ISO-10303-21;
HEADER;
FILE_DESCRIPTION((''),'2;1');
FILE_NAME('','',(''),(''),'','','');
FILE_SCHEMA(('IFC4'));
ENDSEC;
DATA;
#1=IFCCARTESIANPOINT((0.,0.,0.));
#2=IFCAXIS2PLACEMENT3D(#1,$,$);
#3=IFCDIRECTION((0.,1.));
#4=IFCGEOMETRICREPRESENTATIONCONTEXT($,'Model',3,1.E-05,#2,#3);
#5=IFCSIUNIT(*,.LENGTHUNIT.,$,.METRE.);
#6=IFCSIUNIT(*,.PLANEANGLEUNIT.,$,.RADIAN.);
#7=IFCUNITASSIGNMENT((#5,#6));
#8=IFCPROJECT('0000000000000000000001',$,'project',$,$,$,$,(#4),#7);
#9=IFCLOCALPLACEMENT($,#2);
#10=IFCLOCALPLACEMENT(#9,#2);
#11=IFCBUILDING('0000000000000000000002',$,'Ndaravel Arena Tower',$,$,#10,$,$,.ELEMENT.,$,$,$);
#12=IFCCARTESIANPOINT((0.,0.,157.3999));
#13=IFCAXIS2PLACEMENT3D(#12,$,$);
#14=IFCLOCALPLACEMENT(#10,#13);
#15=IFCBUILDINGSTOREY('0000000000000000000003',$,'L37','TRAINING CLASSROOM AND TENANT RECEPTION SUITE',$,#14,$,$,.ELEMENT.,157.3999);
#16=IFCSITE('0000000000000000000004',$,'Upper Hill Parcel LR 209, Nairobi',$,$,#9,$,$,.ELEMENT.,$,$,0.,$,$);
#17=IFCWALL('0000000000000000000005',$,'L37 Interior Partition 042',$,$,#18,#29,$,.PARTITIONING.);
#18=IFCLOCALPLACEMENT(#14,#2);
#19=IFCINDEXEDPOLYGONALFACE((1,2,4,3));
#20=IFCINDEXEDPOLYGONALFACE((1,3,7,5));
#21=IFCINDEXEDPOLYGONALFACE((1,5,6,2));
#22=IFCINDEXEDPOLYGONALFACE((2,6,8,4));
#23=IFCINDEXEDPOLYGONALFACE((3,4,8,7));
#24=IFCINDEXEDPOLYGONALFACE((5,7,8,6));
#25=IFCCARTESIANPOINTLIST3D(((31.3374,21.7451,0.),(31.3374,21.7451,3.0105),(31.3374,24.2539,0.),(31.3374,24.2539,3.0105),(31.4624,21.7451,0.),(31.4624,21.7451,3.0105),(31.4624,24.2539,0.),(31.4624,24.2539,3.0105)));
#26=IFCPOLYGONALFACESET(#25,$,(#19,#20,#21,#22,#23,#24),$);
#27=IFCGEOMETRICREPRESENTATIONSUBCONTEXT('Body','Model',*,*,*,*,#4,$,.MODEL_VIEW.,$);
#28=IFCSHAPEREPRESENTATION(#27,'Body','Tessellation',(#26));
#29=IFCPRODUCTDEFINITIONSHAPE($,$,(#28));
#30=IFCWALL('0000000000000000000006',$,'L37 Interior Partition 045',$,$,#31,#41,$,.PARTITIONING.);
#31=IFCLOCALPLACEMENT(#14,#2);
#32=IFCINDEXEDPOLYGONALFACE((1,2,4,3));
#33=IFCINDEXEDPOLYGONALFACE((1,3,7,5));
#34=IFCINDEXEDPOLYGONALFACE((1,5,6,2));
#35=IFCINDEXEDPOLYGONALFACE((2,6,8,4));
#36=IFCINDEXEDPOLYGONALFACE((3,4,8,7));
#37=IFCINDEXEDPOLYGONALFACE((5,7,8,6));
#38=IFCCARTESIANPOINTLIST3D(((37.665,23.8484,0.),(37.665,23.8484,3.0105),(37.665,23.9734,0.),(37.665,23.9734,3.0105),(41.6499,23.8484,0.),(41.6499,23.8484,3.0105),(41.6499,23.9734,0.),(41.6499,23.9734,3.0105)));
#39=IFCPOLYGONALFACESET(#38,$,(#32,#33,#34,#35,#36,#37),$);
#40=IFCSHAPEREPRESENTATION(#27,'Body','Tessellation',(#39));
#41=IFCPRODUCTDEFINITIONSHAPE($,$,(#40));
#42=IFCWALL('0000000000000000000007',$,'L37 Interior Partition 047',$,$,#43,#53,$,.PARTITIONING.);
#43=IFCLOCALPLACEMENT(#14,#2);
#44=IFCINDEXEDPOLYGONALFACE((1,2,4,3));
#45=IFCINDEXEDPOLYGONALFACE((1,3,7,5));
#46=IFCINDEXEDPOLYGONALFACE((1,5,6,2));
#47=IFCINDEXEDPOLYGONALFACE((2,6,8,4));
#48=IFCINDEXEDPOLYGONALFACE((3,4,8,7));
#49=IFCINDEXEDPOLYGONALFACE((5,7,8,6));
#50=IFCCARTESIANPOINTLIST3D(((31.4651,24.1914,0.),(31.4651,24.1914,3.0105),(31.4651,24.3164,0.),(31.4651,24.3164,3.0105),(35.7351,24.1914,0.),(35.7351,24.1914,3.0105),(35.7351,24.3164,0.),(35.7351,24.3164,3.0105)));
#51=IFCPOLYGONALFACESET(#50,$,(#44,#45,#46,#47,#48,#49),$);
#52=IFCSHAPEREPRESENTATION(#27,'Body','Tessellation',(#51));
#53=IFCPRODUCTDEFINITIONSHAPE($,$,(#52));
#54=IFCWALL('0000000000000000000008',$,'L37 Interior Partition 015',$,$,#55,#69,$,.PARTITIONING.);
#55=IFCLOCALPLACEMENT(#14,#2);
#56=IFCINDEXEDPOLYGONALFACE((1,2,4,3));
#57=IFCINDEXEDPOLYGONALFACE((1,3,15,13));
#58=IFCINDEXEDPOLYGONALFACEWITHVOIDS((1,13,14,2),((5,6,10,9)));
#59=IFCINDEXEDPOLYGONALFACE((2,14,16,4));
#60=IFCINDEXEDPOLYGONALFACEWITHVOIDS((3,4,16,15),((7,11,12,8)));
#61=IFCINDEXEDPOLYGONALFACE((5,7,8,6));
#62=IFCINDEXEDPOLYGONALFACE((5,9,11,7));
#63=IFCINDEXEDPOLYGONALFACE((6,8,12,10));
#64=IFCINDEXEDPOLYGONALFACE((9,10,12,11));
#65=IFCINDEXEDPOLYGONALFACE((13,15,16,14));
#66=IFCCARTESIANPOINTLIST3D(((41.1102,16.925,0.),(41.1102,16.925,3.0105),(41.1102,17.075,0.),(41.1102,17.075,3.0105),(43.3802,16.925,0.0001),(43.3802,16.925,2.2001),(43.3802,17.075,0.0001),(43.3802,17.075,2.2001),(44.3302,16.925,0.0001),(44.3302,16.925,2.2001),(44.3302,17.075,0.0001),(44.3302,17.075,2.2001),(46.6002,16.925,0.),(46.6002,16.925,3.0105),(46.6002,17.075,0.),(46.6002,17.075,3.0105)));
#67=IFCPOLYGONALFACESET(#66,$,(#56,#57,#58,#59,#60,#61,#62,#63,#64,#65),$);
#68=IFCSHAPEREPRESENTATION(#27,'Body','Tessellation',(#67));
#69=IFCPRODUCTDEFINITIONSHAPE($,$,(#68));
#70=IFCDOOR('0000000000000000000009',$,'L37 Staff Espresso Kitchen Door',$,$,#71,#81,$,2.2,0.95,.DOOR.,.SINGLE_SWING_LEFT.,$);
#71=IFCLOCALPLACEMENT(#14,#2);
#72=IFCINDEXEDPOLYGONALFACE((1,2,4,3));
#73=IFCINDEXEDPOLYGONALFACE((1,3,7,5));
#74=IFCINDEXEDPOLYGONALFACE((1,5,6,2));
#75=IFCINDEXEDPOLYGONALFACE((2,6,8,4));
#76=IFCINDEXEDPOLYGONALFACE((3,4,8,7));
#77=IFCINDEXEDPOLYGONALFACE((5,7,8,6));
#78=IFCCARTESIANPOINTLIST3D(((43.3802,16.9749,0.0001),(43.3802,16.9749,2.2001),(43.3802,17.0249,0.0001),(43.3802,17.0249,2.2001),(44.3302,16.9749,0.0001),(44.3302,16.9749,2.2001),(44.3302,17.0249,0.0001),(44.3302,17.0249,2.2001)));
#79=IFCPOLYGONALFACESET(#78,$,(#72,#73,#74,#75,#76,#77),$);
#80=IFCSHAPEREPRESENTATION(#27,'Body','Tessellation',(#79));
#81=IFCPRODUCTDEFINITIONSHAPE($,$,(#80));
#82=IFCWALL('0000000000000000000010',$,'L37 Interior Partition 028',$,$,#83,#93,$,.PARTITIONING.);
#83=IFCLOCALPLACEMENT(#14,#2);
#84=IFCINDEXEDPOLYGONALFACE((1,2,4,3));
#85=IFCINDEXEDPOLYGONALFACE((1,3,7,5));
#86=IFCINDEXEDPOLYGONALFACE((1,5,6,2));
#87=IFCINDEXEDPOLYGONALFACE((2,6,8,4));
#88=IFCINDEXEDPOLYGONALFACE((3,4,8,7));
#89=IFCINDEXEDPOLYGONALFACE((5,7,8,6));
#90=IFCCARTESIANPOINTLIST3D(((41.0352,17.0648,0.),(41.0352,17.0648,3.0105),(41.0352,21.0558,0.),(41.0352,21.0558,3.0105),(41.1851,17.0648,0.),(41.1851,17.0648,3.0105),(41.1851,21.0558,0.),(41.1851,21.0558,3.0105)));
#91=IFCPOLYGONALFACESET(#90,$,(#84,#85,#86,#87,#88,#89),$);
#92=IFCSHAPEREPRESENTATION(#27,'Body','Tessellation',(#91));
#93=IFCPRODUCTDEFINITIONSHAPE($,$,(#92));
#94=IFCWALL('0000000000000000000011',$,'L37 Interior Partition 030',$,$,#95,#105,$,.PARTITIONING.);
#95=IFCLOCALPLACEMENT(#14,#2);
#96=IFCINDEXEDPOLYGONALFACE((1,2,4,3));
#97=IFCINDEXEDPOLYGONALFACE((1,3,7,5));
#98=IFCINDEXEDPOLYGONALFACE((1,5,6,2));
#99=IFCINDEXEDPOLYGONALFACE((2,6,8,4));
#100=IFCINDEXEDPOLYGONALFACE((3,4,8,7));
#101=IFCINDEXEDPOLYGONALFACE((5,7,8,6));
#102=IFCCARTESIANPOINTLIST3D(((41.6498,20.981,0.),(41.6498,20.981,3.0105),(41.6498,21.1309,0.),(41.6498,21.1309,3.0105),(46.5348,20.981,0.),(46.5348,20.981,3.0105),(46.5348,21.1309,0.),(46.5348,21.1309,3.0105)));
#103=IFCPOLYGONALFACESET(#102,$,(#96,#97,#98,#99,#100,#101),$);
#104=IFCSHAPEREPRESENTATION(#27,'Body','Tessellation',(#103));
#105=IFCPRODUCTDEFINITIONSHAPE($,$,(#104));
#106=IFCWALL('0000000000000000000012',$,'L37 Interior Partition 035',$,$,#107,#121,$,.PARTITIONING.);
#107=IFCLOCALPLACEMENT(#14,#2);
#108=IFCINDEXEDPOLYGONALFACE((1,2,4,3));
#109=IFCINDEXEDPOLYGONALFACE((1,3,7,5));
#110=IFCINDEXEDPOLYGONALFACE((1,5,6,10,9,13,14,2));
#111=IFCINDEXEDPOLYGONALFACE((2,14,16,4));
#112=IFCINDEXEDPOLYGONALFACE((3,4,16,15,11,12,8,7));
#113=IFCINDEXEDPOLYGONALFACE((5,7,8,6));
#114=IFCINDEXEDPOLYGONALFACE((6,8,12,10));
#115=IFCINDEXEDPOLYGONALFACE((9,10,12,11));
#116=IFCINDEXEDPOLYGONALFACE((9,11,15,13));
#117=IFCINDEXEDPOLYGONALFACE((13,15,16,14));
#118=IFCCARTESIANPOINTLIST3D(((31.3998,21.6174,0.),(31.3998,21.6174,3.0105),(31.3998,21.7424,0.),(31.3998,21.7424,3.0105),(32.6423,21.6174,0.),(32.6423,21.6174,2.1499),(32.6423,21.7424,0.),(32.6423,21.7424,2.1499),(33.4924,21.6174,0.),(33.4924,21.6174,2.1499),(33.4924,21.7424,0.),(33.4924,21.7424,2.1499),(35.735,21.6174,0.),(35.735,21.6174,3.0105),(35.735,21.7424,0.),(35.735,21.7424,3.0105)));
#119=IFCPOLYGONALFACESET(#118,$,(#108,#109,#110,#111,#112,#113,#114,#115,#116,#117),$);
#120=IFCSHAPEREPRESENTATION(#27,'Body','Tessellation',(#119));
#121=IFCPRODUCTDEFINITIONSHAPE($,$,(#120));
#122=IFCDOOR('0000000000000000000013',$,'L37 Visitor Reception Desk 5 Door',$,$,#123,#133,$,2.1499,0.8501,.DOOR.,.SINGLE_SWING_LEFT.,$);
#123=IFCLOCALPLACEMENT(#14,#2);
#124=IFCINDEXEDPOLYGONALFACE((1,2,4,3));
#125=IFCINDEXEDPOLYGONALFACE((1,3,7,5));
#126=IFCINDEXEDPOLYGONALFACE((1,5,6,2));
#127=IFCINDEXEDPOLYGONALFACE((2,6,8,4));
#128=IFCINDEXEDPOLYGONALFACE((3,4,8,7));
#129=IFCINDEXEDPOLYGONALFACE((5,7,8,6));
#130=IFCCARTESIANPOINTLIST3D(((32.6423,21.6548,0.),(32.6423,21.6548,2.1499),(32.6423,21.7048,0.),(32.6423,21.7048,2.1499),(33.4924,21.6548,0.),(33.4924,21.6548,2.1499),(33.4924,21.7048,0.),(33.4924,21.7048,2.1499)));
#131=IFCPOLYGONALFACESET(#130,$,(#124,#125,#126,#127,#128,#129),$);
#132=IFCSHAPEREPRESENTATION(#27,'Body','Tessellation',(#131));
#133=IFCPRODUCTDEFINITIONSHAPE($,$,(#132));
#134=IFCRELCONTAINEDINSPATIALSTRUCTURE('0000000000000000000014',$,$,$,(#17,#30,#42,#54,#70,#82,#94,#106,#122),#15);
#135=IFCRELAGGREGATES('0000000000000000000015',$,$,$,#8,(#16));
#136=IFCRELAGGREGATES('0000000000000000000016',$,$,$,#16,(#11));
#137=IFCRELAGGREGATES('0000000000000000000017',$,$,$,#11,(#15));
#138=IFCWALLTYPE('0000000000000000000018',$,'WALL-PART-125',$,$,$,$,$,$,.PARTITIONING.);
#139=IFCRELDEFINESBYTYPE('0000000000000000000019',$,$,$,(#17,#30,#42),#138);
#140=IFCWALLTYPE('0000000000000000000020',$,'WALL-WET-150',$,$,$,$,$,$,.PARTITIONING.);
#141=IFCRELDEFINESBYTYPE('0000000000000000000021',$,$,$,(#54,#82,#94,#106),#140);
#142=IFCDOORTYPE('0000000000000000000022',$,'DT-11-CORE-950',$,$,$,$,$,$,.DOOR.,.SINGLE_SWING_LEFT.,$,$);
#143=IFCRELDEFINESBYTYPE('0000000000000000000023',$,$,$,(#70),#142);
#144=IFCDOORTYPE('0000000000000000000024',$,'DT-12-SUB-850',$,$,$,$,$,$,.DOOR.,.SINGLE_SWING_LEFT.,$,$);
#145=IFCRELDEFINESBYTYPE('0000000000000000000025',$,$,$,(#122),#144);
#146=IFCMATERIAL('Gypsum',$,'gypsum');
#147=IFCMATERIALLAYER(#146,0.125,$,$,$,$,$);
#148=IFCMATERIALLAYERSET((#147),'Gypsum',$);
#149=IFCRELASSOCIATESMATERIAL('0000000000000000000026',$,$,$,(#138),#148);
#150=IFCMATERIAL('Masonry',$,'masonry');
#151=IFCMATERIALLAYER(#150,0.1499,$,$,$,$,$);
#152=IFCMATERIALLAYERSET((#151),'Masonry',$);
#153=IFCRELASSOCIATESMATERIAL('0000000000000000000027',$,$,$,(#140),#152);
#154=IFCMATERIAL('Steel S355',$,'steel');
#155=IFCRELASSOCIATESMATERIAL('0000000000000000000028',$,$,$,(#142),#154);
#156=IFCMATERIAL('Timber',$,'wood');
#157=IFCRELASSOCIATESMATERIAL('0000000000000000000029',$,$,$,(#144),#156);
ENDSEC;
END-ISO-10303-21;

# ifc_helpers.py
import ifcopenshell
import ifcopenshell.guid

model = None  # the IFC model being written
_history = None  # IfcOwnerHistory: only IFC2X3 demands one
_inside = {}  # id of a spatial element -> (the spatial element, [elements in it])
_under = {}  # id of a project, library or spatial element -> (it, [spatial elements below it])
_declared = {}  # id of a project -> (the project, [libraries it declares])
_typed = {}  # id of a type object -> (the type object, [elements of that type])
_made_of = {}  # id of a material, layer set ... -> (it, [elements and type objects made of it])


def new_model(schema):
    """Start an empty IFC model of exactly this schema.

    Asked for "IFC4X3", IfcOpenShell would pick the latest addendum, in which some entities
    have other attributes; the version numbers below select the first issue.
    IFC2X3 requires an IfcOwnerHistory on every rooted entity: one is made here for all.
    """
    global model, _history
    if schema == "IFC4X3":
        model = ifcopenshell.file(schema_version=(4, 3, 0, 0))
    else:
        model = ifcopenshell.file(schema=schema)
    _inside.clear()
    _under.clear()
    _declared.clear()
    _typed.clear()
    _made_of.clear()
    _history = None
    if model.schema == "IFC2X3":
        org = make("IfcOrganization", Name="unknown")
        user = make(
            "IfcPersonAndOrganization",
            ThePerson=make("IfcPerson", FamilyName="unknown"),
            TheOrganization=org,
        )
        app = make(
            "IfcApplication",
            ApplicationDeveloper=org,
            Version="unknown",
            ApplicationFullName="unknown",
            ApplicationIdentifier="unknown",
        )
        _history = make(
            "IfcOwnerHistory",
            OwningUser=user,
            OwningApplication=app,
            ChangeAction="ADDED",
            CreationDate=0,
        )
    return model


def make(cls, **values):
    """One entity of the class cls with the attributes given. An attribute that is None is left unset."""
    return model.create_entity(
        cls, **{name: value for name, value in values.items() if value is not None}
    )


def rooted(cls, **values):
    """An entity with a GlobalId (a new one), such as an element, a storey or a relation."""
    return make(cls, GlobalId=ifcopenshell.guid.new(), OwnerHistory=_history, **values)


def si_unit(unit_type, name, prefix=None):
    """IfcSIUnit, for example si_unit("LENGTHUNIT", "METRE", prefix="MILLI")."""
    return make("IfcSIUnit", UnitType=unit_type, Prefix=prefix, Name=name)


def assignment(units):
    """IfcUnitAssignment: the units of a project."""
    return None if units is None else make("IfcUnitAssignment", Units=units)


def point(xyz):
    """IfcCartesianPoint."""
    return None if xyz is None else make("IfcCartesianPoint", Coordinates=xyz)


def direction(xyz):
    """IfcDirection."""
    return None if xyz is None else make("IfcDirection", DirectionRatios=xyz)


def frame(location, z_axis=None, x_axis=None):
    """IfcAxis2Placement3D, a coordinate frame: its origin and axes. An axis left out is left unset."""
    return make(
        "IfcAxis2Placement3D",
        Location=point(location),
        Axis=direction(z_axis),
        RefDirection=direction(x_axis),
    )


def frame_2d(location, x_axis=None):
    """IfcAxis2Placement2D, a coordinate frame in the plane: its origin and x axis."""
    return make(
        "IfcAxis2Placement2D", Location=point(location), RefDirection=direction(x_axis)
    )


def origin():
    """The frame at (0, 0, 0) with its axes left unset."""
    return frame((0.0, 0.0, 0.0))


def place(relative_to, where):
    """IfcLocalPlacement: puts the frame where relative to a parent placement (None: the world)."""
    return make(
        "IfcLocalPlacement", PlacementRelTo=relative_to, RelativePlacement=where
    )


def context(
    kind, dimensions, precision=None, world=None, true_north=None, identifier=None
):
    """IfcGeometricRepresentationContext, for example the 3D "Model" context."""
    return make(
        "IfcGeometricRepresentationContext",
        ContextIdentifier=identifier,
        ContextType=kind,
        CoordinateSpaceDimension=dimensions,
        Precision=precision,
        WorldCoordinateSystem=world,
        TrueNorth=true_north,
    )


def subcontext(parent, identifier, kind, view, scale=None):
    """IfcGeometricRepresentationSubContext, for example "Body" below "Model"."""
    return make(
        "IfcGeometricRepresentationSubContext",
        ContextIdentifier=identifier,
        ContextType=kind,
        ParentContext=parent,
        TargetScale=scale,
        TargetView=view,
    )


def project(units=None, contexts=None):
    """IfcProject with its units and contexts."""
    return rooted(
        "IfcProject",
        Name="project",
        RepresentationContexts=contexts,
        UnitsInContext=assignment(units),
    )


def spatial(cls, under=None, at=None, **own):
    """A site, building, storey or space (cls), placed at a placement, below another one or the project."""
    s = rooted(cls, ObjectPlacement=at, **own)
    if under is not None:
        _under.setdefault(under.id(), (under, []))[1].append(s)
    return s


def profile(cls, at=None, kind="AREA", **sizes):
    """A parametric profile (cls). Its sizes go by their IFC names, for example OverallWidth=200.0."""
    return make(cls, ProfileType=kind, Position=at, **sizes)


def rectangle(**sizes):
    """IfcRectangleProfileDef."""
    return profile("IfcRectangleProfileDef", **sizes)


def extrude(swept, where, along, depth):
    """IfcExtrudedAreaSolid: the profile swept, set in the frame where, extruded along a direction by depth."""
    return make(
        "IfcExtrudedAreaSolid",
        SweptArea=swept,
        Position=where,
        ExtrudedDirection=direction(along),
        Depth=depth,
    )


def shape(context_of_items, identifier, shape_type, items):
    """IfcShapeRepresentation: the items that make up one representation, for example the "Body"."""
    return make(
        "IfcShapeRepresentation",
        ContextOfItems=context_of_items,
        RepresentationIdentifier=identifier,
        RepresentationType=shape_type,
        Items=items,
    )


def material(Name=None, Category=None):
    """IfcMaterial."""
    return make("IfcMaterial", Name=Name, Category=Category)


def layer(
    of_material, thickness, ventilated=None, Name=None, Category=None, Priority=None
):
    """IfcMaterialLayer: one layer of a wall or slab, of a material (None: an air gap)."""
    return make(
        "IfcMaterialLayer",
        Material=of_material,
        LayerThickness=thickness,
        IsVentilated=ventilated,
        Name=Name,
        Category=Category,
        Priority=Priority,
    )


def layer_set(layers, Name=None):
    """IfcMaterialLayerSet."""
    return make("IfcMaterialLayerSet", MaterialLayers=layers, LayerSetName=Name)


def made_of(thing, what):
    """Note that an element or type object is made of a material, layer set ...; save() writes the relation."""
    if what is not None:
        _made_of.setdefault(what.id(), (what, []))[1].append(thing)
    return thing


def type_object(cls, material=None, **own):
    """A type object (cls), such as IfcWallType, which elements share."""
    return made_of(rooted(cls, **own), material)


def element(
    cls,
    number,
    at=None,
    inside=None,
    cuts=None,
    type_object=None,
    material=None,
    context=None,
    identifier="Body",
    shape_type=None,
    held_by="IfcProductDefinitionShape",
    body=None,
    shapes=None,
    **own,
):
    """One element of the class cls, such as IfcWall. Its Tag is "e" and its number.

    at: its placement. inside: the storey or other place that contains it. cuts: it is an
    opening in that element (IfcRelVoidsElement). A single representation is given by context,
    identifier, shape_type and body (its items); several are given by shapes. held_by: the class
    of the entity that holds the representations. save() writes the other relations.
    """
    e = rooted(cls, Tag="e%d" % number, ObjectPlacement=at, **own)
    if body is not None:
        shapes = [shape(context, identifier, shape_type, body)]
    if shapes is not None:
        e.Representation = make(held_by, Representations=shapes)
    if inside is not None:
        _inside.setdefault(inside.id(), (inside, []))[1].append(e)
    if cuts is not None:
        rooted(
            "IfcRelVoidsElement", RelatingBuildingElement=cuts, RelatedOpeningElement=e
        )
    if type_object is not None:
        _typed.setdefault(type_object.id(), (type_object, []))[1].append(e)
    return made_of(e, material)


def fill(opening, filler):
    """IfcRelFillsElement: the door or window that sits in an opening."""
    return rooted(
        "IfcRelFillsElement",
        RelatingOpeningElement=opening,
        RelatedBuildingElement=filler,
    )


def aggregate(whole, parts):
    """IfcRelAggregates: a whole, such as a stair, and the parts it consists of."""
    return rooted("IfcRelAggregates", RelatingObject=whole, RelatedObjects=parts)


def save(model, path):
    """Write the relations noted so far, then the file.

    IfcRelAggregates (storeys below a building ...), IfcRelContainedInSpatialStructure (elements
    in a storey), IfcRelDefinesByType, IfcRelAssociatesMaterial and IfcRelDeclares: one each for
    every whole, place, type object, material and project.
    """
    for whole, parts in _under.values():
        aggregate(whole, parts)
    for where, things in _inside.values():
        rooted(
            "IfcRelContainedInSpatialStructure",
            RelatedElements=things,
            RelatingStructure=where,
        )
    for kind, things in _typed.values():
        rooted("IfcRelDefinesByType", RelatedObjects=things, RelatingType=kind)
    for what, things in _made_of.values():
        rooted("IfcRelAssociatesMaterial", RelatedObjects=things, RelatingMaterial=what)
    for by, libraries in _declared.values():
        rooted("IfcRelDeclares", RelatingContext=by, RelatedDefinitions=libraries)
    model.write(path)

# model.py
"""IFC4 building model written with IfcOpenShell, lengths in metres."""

from ifc_helpers import new_model, si_unit, direction, frame, frame_2d, origin, place, context, subcontext, project, spatial, rectangle, extrude, material, layer, layer_set, type_object, element, fill, save


model = new_model("IFC4")

# Units and contexts
model_context = context("Model", 3, precision=1e-05, world=origin(), true_north=direction((0.0, 1.0)))
body_context = subcontext(model_context, "Body", "Model", "MODEL_VIEW")
ifc_project = project(units=[si_unit("LENGTHUNIT", "METRE"), si_unit("PLANEANGLEUNIT", "RADIAN")], contexts=[model_context])

# Site, building, storey
site_placement = place(None, origin())
site = spatial("IfcSite", under=ifc_project, at=site_placement, Name="Upper Hill Parcel LR 209, Nairobi", CompositionType="ELEMENT", RefElevation=0.0)
building_placement = place(site_placement, origin())
building = spatial("IfcBuilding", under=site, at=building_placement, Name="Ndaravel Arena Tower", CompositionType="ELEMENT")
storey_placement = place(building_placement, frame((0.0, 0.0, 157.3999)))
storey = spatial("IfcBuildingStorey", under=building, at=storey_placement, Name="L37", Description="TRAINING CLASSROOM AND TENANT RECEPTION SUITE", CompositionType="ELEMENT", Elevation=157.3999)

# Shared definitions
ifc_material_1 = material(Name="Gypsum", Category="gypsum")
ifc_layer_1 = layer(ifc_material_1, 0.125)
ifc_layer_set_1 = layer_set([ifc_layer_1], Name="Gypsum")
wall_type_1 = type_object("IfcWallType", Name="WALL-PART-125", PredefinedType="PARTITIONING", material=ifc_layer_set_1)

# Walls
wall_1_placement = place(storey_placement, frame((31.3999, 24.2539, 0.0), z_axis=(0.0, 0.0, 1.0), x_axis=(0.0, -1.0, 0.0)))
element("IfcWall", 1, at=wall_1_placement, inside=storey, type_object=wall_type_1, Name="L37 Interior Partition 042", PredefinedType="PARTITIONING", context=body_context, shape_type="SweptSolid", body=[
    extrude(rectangle(XDim=2.5088, YDim=0.125, at=frame_2d((1.2544, 0.0))), origin(), (0.0, 0.0, 1.0), 3.0105),
])
wall_2_placement = place(storey_placement, frame((37.665, 23.9109, 0.0), z_axis=(0.0, 0.0, 1.0), x_axis=(1.0, 0.0, 0.0)))
element("IfcWall", 2, at=wall_2_placement, inside=storey, type_object=wall_type_1, Name="L37 Interior Partition 045", PredefinedType="PARTITIONING", context=body_context, shape_type="SweptSolid", body=[
    extrude(rectangle(XDim=3.9849, YDim=0.125, at=frame_2d((1.9924, 0.0))), origin(), (0.0, 0.0, 1.0), 3.0105),
])
wall_3_placement = place(storey_placement, frame((31.4651, 24.2539, 0.0), z_axis=(0.0, 0.0, 1.0), x_axis=(1.0, 0.0, 0.0)))
element("IfcWall", 3, at=wall_3_placement, inside=storey, type_object=wall_type_1, Name="L37 Interior Partition 047", PredefinedType="PARTITIONING", context=body_context, shape_type="SweptSolid", body=[
    extrude(rectangle(XDim=4.27, YDim=0.125, at=frame_2d((2.135, 0.0))), origin(), (0.0, 0.0, 1.0), 3.0105),
])

# Wall, opening, door
ifc_material_2 = material(Name="Masonry", Category="masonry")
ifc_layer_2 = layer(ifc_material_2, 0.1499)
ifc_layer_set_2 = layer_set([ifc_layer_2], Name="Masonry")
wall_type_2 = type_object("IfcWallType", Name="WALL-WET-150", PredefinedType="PARTITIONING", material=ifc_layer_set_2)
wall_4_placement = place(storey_placement, frame((41.1101, 17.0, 0.0), z_axis=(0.0, 0.0, 1.0), x_axis=(1.0, 0.0, 0.0)))
wall_4 = element("IfcWall", 4, at=wall_4_placement, inside=storey, type_object=wall_type_2, Name="L37 Interior Partition 015", PredefinedType="PARTITIONING", context=body_context, shape_type="SweptSolid", body=[
    extrude(rectangle(XDim=5.49, YDim=0.1499, at=frame_2d((2.7451, 0.0))), origin(), (0.0, 0.0, 1.0), 3.0105),
])
opening_1_placement = place(wall_4_placement, frame((2.27, 0.0, 0.0)))
opening_1 = element("IfcOpeningElement", 5, at=opening_1_placement, cuts=wall_4, PredefinedType="OPENING", context=body_context, shape_type="SweptSolid", body=[
    extrude(rectangle(XDim=0.95, YDim=2.2, at=frame_2d((0.4751, 1.1001))), frame((0.0, 0.075, 0.0), z_axis=(0.0, -1.0, 0.0), x_axis=(1.0, 0.0, 0.0)), (0.0, 0.0, 1.0), 0.1499),
])
ifc_material_3 = material(Name="Steel S355", Category="steel")
door_type_1 = type_object("IfcDoorType", Name="DT-11-CORE-950", OperationType="SINGLE_SWING_LEFT", PredefinedType="DOOR", material=ifc_material_3)
door_1_placement = place(opening_1_placement, origin())
door_1 = element("IfcDoor", 6, at=door_1_placement, inside=storey, type_object=door_type_1, Name="L37 Staff Espresso Kitchen Door", OperationType="SINGLE_SWING_LEFT", OverallHeight=2.2, OverallWidth=0.95, PredefinedType="DOOR", context=body_context, shape_type="SweptSolid", body=[
    extrude(rectangle(XDim=0.95, YDim=2.2, at=frame_2d((0.4751, 1.1001))), frame((0.0, 0.0249, 0.0), z_axis=(0.0, -1.0, 0.0), x_axis=(1.0, 0.0, 0.0)), (0.0, 0.0, 1.0), 0.05),
])
fill(opening_1, door_1)

# Walls
wall_5_placement = place(storey_placement, frame((41.1101, 21.0559, 0.0), z_axis=(0.0, 0.0, 1.0), x_axis=(0.0, -1.0, 0.0)))
element("IfcWall", 7, at=wall_5_placement, inside=storey, type_object=wall_type_2, Name="L37 Interior Partition 028", PredefinedType="PARTITIONING", context=body_context, shape_type="SweptSolid", body=[
    extrude(rectangle(XDim=3.991, YDim=0.1499, at=frame_2d((1.9956, 0.0))), origin(), (0.0, 0.0, 1.0), 3.0105),
])
wall_6_placement = place(storey_placement, frame((41.6499, 21.0559, 0.0), z_axis=(0.0, 0.0, 1.0), x_axis=(1.0, 0.0, 0.0)))
element("IfcWall", 8, at=wall_6_placement, inside=storey, type_object=wall_type_2, Name="L37 Interior Partition 030", PredefinedType="PARTITIONING", context=body_context, shape_type="SweptSolid", body=[
    extrude(rectangle(XDim=4.885, YDim=0.1499, at=frame_2d((2.4424, 0.0))), origin(), (0.0, 0.0, 1.0), 3.0105),
])

# Wall, opening, door
wall_7_placement = place(storey_placement, frame((31.3999, 21.6799, 0.0), z_axis=(0.0, 0.0, 1.0), x_axis=(1.0, 0.0, 0.0)))
wall_7 = element("IfcWall", 9, at=wall_7_placement, inside=storey, type_object=wall_type_2, Name="L37 Interior Partition 035", PredefinedType="PARTITIONING", context=body_context, shape_type="SweptSolid", body=[
    extrude(rectangle(XDim=4.3352, YDim=0.125, at=frame_2d((2.1675, 0.0))), origin(), (0.0, 0.0, 1.0), 3.0105),
])
opening_2_placement = place(wall_7_placement, frame((1.2424, 0.0, 0.0)))
opening_2 = element("IfcOpeningElement", 10, at=opening_2_placement, cuts=wall_7, PredefinedType="OPENING", context=body_context, shape_type="SweptSolid", body=[
    extrude(rectangle(XDim=0.8501, YDim=2.1499, at=frame_2d((0.425, 1.075))), frame((0.0, 0.0625, 0.0), z_axis=(0.0, -1.0, 0.0), x_axis=(1.0, 0.0, 0.0)), (0.0, 0.0, 1.0), 0.125),
])
ifc_material_4 = material(Name="Timber", Category="wood")
door_type_2 = type_object("IfcDoorType", Name="DT-12-SUB-850", OperationType="SINGLE_SWING_LEFT", PredefinedType="DOOR", material=ifc_material_4)
door_2_placement = place(opening_2_placement, origin())
door_2 = element("IfcDoor", 11, at=door_2_placement, inside=storey, type_object=door_type_2, Name="L37 Visitor Reception Desk 5 Door", OperationType="SINGLE_SWING_LEFT", OverallHeight=2.1499, OverallWidth=0.8501, PredefinedType="DOOR", context=body_context, shape_type="SweptSolid", body=[
    extrude(rectangle(XDim=0.8501, YDim=2.1499, at=frame_2d((0.425, 1.075))), frame((0.0, 0.0249, 0.0), z_axis=(0.0, -1.0, 0.0), x_axis=(1.0, 0.0, 0.0)), (0.0, 0.0, 1.0), 0.05),
])
fill(opening_2, door_2)

save(model, "model.ifc")
